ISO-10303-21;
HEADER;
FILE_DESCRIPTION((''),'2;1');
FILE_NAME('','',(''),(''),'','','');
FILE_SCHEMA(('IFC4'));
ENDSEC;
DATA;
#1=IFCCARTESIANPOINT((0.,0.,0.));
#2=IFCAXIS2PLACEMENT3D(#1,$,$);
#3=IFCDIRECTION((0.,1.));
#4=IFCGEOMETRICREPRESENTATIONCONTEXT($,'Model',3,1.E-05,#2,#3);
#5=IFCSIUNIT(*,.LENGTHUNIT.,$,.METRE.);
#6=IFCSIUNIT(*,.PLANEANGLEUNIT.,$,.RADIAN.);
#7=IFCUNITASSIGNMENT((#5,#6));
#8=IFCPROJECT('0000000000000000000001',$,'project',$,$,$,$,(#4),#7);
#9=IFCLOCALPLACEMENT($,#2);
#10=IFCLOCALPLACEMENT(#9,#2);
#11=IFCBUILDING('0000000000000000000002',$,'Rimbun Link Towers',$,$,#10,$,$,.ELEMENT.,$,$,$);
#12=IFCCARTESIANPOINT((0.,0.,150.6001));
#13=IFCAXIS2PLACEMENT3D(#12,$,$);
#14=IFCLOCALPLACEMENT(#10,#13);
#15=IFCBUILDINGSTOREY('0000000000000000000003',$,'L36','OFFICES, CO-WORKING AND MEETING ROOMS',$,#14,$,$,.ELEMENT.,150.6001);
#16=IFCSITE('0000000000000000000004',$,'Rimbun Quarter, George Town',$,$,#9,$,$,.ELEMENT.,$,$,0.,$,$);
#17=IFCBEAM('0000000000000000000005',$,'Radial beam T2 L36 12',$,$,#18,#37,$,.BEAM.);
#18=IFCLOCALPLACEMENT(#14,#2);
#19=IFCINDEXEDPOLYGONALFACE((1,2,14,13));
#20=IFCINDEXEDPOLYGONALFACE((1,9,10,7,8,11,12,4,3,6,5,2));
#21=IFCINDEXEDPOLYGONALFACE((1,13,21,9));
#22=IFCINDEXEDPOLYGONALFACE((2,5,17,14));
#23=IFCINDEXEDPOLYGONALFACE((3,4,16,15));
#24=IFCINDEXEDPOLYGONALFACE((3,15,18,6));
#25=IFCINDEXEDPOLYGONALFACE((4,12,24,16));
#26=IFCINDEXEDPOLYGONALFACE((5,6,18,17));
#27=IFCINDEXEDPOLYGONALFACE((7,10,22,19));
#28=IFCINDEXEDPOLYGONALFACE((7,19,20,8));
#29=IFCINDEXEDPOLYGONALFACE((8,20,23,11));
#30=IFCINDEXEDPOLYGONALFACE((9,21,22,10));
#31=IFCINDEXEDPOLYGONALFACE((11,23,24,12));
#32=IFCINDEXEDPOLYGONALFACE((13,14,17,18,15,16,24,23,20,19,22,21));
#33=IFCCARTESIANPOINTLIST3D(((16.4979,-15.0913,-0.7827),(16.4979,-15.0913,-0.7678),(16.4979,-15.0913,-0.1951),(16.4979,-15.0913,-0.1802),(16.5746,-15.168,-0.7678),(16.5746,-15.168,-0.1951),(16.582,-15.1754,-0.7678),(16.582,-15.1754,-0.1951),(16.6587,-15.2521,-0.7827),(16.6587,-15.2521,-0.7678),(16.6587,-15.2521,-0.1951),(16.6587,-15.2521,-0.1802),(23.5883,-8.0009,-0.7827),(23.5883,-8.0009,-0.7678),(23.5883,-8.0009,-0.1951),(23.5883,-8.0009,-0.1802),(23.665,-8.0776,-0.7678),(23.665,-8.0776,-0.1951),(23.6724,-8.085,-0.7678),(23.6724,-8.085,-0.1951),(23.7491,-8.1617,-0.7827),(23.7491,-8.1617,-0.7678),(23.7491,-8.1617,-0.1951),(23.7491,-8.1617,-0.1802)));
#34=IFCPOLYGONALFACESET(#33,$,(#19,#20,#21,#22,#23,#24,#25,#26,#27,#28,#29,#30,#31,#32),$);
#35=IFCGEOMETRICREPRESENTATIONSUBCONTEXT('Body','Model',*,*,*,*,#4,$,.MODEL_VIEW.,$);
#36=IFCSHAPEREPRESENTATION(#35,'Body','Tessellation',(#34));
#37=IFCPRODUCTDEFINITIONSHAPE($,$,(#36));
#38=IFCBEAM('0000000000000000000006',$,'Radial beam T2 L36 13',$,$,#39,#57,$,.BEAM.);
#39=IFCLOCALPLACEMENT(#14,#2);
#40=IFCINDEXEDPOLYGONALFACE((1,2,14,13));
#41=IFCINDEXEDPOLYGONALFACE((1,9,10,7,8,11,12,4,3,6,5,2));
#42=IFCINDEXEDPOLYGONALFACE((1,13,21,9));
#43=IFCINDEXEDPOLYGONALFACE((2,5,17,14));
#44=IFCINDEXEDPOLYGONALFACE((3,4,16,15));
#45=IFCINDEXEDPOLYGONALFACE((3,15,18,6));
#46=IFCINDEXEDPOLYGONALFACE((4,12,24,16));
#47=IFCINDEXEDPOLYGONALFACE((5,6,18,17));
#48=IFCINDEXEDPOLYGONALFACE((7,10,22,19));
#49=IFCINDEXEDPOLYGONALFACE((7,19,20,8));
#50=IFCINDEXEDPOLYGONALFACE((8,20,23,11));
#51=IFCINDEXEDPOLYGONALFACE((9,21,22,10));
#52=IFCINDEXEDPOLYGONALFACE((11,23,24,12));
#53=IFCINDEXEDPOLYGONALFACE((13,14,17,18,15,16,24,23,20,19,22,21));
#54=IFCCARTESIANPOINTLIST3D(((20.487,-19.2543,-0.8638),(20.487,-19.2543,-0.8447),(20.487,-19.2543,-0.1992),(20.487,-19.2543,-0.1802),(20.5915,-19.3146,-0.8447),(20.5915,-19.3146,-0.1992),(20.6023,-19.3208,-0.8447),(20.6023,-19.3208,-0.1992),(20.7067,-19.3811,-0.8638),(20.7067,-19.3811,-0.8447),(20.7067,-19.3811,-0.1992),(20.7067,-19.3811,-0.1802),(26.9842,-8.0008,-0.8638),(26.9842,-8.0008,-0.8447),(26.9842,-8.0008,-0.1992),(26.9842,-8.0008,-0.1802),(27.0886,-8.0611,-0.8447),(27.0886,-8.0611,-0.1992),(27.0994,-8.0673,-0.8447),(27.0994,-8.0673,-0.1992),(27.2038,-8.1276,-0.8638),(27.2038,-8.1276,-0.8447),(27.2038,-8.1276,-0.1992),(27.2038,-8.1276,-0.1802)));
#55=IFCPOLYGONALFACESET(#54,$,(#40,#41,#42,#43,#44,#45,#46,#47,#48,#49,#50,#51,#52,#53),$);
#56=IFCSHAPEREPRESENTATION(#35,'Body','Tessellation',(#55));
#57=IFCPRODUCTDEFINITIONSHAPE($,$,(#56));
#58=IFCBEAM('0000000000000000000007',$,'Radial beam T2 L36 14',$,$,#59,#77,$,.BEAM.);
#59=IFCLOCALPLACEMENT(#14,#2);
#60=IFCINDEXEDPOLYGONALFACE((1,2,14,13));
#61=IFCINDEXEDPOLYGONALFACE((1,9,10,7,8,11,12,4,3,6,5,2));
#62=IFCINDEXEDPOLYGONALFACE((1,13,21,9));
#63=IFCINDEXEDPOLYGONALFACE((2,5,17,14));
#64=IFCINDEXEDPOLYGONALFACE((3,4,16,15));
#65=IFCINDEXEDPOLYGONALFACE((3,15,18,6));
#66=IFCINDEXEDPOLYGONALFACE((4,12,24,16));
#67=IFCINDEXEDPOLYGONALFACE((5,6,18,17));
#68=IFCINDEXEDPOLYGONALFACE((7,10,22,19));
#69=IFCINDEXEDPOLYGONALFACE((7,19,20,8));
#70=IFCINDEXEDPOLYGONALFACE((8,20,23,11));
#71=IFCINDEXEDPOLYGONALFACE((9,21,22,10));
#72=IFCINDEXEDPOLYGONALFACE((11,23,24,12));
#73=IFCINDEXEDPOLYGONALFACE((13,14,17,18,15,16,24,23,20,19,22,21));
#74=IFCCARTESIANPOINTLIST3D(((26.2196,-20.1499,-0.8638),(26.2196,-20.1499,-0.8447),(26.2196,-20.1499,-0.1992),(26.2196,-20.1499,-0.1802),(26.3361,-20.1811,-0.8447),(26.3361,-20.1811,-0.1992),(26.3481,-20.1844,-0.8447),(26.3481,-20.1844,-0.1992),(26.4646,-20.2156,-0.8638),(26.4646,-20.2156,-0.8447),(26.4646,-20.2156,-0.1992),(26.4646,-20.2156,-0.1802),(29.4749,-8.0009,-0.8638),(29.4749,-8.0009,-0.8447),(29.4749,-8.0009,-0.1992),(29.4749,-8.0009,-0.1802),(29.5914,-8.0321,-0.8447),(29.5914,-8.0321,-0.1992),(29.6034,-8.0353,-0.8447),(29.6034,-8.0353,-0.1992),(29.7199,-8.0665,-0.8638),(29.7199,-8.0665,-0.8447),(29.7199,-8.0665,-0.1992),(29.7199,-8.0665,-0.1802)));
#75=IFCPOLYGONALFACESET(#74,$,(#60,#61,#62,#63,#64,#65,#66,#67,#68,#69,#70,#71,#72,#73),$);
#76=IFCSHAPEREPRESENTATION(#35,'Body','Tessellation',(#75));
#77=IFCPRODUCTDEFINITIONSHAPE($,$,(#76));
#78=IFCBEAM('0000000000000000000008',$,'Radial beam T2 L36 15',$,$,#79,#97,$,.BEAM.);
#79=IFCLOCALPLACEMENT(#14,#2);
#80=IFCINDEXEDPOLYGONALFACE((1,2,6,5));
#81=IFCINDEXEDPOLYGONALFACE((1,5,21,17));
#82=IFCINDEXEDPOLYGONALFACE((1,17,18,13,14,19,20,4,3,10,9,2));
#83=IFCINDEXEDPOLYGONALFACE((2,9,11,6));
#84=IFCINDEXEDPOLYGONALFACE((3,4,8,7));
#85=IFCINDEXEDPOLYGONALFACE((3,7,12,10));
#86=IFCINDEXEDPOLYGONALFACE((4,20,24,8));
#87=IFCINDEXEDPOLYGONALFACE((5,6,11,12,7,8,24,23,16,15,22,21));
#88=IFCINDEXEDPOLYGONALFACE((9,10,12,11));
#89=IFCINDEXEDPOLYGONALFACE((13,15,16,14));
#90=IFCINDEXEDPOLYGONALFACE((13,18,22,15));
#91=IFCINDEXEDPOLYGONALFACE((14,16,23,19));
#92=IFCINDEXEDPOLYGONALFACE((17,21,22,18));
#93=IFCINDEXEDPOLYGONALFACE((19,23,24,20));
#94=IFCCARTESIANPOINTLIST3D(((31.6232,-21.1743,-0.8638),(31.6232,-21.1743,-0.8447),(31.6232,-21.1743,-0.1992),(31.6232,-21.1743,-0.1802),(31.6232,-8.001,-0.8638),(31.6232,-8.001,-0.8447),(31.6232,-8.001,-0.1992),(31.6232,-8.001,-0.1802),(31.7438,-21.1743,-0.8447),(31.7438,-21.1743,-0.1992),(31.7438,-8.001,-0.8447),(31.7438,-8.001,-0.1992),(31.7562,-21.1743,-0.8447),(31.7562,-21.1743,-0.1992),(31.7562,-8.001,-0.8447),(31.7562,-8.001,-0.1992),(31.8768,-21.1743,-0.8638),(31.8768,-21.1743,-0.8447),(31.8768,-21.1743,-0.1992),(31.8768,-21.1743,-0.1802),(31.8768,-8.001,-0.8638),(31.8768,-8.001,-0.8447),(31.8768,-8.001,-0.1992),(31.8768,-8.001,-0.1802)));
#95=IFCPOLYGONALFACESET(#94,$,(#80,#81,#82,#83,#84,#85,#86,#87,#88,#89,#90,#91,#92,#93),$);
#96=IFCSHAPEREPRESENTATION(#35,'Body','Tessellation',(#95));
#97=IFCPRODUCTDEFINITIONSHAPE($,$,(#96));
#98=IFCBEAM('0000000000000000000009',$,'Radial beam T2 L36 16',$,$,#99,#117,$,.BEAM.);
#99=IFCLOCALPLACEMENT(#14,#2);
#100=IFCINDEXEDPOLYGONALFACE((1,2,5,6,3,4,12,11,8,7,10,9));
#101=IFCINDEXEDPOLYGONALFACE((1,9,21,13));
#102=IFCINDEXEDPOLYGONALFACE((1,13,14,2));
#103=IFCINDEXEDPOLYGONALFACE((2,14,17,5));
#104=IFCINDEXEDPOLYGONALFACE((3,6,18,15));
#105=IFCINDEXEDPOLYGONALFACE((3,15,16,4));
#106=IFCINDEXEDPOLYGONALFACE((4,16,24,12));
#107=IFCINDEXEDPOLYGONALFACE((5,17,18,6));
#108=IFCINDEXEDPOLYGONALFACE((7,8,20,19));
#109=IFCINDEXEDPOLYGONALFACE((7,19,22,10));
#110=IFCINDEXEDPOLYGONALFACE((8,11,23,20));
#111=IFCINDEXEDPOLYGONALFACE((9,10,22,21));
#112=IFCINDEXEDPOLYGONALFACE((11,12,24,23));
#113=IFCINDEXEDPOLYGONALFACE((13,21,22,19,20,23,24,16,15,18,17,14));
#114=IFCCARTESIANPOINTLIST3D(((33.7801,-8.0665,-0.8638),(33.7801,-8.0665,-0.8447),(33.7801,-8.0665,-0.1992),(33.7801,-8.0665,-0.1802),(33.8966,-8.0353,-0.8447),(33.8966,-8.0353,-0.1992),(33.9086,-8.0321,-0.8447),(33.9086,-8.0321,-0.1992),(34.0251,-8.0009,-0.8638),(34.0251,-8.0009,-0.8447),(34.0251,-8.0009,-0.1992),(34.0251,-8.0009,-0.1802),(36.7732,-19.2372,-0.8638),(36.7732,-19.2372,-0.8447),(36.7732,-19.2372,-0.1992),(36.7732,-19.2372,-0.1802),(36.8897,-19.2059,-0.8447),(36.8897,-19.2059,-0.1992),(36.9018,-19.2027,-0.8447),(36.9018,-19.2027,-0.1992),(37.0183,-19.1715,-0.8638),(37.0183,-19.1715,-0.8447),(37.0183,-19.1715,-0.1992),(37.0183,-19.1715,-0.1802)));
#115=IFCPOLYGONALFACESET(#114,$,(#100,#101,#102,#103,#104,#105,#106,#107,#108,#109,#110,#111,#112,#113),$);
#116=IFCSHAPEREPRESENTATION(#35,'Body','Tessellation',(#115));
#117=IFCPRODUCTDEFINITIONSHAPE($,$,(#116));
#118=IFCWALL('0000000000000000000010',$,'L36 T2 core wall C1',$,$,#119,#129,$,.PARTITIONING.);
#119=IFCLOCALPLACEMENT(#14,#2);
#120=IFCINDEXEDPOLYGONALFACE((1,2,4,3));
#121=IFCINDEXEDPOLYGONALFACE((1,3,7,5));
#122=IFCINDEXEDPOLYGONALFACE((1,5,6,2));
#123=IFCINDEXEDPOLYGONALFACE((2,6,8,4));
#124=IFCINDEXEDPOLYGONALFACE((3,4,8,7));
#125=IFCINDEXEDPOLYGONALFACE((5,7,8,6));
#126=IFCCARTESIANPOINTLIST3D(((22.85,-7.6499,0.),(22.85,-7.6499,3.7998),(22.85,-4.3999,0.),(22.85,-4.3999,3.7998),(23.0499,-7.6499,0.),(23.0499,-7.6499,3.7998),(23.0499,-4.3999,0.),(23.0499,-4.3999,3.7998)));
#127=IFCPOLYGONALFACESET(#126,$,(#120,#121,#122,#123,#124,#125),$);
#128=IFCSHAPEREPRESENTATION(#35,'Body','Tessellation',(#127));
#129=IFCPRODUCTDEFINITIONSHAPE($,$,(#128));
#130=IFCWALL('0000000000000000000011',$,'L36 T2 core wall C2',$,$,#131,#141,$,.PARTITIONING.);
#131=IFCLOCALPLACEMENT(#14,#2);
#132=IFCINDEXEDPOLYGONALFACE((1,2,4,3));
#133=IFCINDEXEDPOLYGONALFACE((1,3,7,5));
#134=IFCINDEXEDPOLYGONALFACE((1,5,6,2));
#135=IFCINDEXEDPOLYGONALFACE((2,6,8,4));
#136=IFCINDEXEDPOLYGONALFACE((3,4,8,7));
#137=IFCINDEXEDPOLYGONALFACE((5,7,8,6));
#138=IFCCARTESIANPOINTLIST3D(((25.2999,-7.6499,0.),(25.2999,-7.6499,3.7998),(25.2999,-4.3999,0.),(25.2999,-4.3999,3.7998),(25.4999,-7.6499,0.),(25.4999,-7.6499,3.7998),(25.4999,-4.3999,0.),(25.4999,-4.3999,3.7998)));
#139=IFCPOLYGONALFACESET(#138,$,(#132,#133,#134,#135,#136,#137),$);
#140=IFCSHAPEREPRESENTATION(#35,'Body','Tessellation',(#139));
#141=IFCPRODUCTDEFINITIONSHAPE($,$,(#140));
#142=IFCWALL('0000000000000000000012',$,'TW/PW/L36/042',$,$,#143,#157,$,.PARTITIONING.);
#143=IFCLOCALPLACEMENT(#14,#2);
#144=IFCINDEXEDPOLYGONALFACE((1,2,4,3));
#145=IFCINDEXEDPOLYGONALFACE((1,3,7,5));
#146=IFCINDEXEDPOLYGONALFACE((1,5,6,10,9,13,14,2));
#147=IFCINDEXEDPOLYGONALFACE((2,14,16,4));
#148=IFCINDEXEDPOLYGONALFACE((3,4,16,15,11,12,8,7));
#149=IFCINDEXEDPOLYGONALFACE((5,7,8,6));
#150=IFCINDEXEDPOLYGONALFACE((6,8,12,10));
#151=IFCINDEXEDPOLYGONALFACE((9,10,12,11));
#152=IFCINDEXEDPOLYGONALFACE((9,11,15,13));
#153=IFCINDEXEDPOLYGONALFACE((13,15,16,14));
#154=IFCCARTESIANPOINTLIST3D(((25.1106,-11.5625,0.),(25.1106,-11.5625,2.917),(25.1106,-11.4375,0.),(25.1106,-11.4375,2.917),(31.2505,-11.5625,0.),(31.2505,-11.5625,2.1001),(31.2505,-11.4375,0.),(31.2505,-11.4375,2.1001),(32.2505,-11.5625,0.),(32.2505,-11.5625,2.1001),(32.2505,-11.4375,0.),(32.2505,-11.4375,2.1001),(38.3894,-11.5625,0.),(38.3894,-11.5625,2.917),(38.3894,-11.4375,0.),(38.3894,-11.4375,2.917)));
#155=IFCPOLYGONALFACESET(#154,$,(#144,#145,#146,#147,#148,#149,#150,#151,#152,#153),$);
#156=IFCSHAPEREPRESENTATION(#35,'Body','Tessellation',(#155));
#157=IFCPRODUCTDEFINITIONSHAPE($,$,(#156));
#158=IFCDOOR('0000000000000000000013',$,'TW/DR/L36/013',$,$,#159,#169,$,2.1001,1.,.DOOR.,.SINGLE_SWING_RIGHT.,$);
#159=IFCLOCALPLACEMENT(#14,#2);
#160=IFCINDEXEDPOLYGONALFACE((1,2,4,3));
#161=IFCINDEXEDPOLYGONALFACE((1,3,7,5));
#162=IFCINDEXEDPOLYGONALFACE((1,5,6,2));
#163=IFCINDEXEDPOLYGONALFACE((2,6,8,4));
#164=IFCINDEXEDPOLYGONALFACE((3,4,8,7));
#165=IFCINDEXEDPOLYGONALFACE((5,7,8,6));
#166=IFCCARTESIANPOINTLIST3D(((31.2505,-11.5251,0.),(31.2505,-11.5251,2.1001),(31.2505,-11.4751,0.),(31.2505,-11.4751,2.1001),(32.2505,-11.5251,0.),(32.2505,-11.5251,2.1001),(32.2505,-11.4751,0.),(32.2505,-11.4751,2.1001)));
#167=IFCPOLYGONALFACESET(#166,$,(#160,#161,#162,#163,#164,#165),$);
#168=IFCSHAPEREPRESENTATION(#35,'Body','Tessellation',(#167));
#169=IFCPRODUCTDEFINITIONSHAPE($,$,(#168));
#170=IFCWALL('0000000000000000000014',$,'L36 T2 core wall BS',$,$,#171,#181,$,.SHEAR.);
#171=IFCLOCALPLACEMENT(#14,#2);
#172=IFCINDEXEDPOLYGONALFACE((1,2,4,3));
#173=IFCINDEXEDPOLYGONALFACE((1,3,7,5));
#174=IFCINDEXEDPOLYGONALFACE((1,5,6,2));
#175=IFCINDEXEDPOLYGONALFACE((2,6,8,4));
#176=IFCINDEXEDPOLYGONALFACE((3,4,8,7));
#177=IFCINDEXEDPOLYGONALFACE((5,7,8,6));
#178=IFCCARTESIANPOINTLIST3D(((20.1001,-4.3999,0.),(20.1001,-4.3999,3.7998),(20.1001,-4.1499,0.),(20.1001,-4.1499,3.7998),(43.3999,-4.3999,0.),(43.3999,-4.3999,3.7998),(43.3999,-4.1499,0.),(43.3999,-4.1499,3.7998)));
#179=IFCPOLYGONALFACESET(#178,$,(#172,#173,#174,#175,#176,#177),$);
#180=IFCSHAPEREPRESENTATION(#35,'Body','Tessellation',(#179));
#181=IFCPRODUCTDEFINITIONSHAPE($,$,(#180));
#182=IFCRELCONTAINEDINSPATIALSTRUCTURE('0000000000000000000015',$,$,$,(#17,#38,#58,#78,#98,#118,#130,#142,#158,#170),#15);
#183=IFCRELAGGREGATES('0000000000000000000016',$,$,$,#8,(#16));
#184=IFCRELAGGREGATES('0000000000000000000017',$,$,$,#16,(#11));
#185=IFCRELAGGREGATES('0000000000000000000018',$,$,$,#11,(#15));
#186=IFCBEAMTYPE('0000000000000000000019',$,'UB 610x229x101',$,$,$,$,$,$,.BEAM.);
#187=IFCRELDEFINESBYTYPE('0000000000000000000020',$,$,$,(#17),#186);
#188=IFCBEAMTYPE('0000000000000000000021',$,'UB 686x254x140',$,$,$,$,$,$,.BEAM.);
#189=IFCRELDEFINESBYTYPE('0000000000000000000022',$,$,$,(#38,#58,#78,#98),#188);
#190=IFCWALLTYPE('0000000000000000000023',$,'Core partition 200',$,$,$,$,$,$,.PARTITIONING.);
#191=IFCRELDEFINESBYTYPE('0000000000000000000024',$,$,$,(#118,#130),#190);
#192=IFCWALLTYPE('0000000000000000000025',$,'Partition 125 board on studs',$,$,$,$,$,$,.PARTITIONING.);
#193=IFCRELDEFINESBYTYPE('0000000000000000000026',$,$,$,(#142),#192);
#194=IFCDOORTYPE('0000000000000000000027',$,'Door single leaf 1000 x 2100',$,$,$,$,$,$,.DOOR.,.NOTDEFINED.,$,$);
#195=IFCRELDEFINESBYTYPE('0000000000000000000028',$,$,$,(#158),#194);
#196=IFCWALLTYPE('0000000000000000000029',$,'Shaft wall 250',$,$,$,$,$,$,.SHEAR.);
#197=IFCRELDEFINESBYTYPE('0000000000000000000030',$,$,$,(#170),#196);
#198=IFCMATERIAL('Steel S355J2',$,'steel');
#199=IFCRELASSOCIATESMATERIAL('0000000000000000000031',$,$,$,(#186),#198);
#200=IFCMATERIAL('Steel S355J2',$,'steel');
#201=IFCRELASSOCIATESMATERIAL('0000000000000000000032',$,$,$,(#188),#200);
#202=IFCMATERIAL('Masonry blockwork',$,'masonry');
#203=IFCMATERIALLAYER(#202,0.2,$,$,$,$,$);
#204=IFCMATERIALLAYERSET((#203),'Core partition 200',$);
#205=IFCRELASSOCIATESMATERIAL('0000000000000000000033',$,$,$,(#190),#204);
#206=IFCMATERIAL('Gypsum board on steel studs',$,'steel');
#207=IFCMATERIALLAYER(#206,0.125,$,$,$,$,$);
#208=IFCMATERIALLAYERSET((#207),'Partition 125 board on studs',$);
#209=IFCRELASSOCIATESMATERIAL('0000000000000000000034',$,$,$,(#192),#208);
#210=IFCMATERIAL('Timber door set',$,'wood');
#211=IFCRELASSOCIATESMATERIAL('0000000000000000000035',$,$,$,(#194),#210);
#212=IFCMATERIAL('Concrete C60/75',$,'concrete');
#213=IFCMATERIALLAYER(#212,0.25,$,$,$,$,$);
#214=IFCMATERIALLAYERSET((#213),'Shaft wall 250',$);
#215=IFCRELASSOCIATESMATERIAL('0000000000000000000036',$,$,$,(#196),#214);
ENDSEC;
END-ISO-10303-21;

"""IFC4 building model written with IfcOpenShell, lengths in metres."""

from ifc_helpers import new_model, si_unit, direction, frame, frame_2d, origin, origin_2d, place, context, subcontext, project, spatial, rectangle, i_section, extrude, material, layer, layer_set, material_profile, profile_set, type_object, element, fill, save


model = new_model("IFC4")

# Units and contexts
model_context = context("Model", 3, precision=1e-05, world=origin(), true_north=direction((0.0, 1.0)))
body_context = subcontext(model_context, "Body", "Model", "MODEL_VIEW")
ifc_project = project(units=[si_unit("LENGTHUNIT", "METRE"), si_unit("PLANEANGLEUNIT", "RADIAN")], contexts=[model_context])

# Site, building, storey
site_placement = place(None, origin())
site = spatial("IfcSite", under=ifc_project, at=site_placement, Name="Rimbun Quarter, George Town", CompositionType="ELEMENT", RefElevation=0.0)
building_placement = place(site_placement, origin())
building = spatial("IfcBuilding", under=site, at=building_placement, Name="Rimbun Link Towers", CompositionType="ELEMENT")
storey_placement = place(building_placement, frame((0.0, 0.0, 150.6001)))
storey = spatial("IfcBuildingStorey", under=building, at=storey_placement, Name="L36", Description="OFFICES, CO-WORKING AND MEETING ROOMS", CompositionType="ELEMENT", Elevation=150.6001)

# Beams
ifc_material_1 = material(Name="Steel S355J2", Category="steel")
ifc_material_profile_1 = material_profile(ifc_material_1, i_section(OverallWidth=0.2275, OverallDepth=0.6025, WebThickness=0.0105, FlangeThickness=0.0149, at=origin_2d()), Name="UB 610x229x101")
ifc_profile_set_1 = profile_set([ifc_material_profile_1], Name="Steel S355J2")
beam_type_1 = type_object("IfcBeamType", Name="UB 610x229x101", PredefinedType="BEAM", material=ifc_profile_set_1)
beam_1_placement = place(storey_placement, frame((23.6687, -8.0813, -0.4814), z_axis=(-0.707107, -0.707107, 0.0), x_axis=(0.707107, -0.707107, 0.0)))
element("IfcBeam", 1, at=beam_1_placement, inside=storey, type_object=beam_type_1, Name="Radial beam T2 L36 12", PredefinedType="BEAM", context=body_context, shape_type="SweptSolid", body=[
    extrude(i_section(OverallWidth=0.2275, OverallDepth=0.6025, WebThickness=0.0105, FlangeThickness=0.0149, at=origin_2d()), origin(), (0.0, 0.0, 1.0), 10.0273),
])
ifc_material_2 = material(Name="Steel S355J2", Category="steel")
ifc_material_profile_2 = material_profile(ifc_material_2, i_section(OverallWidth=0.2537, OverallDepth=0.6836, WebThickness=0.0125, FlangeThickness=0.019, at=origin_2d()), Name="UB 686x254x140")
ifc_profile_set_2 = profile_set([ifc_material_profile_2], Name="Steel S355J2")
beam_type_2 = type_object("IfcBeamType", Name="UB 686x254x140", PredefinedType="BEAM", material=ifc_profile_set_2)
beam_2_placement = place(storey_placement, frame((27.094, -8.0642, -0.522), z_axis=(-0.499995, -0.866029, 0.0), x_axis=(0.866029, -0.499995, 0.0)))
element("IfcBeam", 2, at=beam_2_placement, inside=storey, type_object=beam_type_2, Name="Radial beam T2 L36 13", PredefinedType="BEAM", context=body_context, shape_type="SweptSolid", body=[
    extrude(i_section(OverallWidth=0.2537, OverallDepth=0.6836, WebThickness=0.0125, FlangeThickness=0.019, at=origin_2d()), origin(), (0.0, 0.0, 1.0), 12.9944),
])
beam_3_placement = place(storey_placement, frame((29.5974, -8.0337, -0.522), z_axis=(-0.25882, -0.965926, 0.0), x_axis=(0.965926, -0.25882, 0.0)))
element("IfcBeam", 3, at=beam_3_placement, inside=storey, type_object=beam_type_2, Name="Radial beam T2 L36 14", PredefinedType="BEAM", context=body_context, shape_type="SweptSolid", body=[
    extrude(i_section(OverallWidth=0.2537, OverallDepth=0.6836, WebThickness=0.0125, FlangeThickness=0.019, at=origin_2d()), origin(), (0.0, 0.0, 1.0), 12.5776),
])
beam_4_placement = place(storey_placement, frame((31.75, -8.001, -0.522), z_axis=(0.0, -1.0, 0.0), x_axis=(1.0, 0.0, 0.0)))
element("IfcBeam", 4, at=beam_4_placement, inside=storey, type_object=beam_type_2, Name="Radial beam T2 L36 15", PredefinedType="BEAM", context=body_context, shape_type="SweptSolid", body=[
    extrude(i_section(OverallWidth=0.2537, OverallDepth=0.6836, WebThickness=0.0125, FlangeThickness=0.019, at=origin_2d()), origin(), (0.0, 0.0, 1.0), 13.1733),
])
beam_5_placement = place(storey_placement, frame((33.9026, -8.0337, -0.522), z_axis=(0.258819, -0.965926, 0.0), x_axis=(0.965926, 0.258819, 0.0)))
element("IfcBeam", 5, at=beam_5_placement, inside=storey, type_object=beam_type_2, Name="Radial beam T2 L36 16", PredefinedType="BEAM", context=body_context, shape_type="SweptSolid", body=[
    extrude(i_section(OverallWidth=0.2537, OverallDepth=0.6836, WebThickness=0.0125, FlangeThickness=0.019, at=origin_2d()), origin(), (0.0, 0.0, 1.0), 11.5647),
])

# Walls
ifc_material_3 = material(Name="Masonry blockwork", Category="masonry")
ifc_layer_1 = layer(ifc_material_3, 0.2)
ifc_layer_set_1 = layer_set([ifc_layer_1], Name="Core partition 200")
wall_type_1 = type_object("IfcWallType", Name="Core partition 200", PredefinedType="PARTITIONING", material=ifc_layer_set_1)
for number, where, z_axis, x_axis, name in (
    (6, (22.95, -4.3999, 0.0), (0.0, 0.0, 1.0), (0.0, -1.0, 0.0), "L36 T2 core wall C1"),
    (7, (25.3999, -4.3999, 0.0), (0.0, 0.0, 1.0), (0.0, -1.0, 0.0), "L36 T2 core wall C2"),
):
    element("IfcWall", number, at=place(storey_placement, frame(where, z_axis=z_axis, x_axis=x_axis)), inside=storey, type_object=wall_type_1, Name=name, PredefinedType="PARTITIONING", context=body_context, shape_type="SweptSolid", body=[
        extrude(rectangle(XDim=3.25, YDim=0.2, at=frame_2d((1.625, 0.0))), origin(), (0.0, 0.0, 1.0), 3.7998),
    ])

# Wall, opening, door
ifc_material_4 = material(Name="Gypsum board on steel studs", Category="steel")
ifc_layer_2 = layer(ifc_material_4, 0.125)
ifc_layer_set_2 = layer_set([ifc_layer_2], Name="Partition 125 board on studs")
wall_type_2 = type_object("IfcWallType", Name="Partition 125 board on studs", PredefinedType="PARTITIONING", material=ifc_layer_set_2)
wall_1_placement = place(storey_placement, frame((25.1106, -11.5, 0.0), z_axis=(0.0, 0.0, 1.0), x_axis=(1.0, 0.0, 0.0)))
wall_1 = element("IfcWall", 8, at=wall_1_placement, inside=storey, type_object=wall_type_2, Name="TW/PW/L36/042", PredefinedType="PARTITIONING", context=body_context, shape_type="SweptSolid", body=[
    extrude(rectangle(XDim=13.2788, YDim=0.125, at=frame_2d((6.6394, 0.0))), origin(), (0.0, 0.0, 1.0), 2.917),
])
opening_1_placement = place(wall_1_placement, frame((6.1399, 0.0, 0.0)))
opening_1 = element("IfcOpeningElement", 9, at=opening_1_placement, cuts=wall_1, PredefinedType="OPENING", context=body_context, shape_type="SweptSolid", body=[
    extrude(rectangle(XDim=1.0, YDim=2.1001, at=frame_2d((0.5, 1.05))), frame((0.0, 0.0725, 0.0), z_axis=(0.0, -1.0, 0.0), x_axis=(1.0, 0.0, 0.0)), (0.0, 0.0, 1.0), 0.145),
])
ifc_material_5 = material(Name="Timber door set", Category="wood")
door_type_1 = type_object("IfcDoorType", Name="Door single leaf 1000 x 2100", OperationType="NOTDEFINED", PredefinedType="DOOR", material=ifc_material_5)
door_1_placement = place(opening_1_placement, origin())
door_1 = element("IfcDoor", 10, at=door_1_placement, inside=storey, type_object=door_type_1, Name="TW/DR/L36/013", OperationType="SINGLE_SWING_RIGHT", OverallHeight=2.1001, OverallWidth=1.0, PredefinedType="DOOR", context=body_context, shape_type="SweptSolid", body=[
    extrude(rectangle(XDim=1.0, YDim=2.1001, at=frame_2d((0.5, 1.05))), frame((0.0, 0.0249, 0.0), z_axis=(0.0, -1.0, 0.0), x_axis=(1.0, 0.0, 0.0)), (0.0, 0.0, 1.0), 0.05),
])
fill(opening_1, door_1)

# Wall
ifc_material_6 = material(Name="Concrete C60/75", Category="concrete")
ifc_layer_3 = layer(ifc_material_6, 0.25)
ifc_layer_set_3 = layer_set([ifc_layer_3], Name="Shaft wall 250")
wall_type_3 = type_object("IfcWallType", Name="Shaft wall 250", PredefinedType="SHEAR", material=ifc_layer_set_3)
wall_2_placement = place(storey_placement, frame((20.1001, -4.2749, 0.0), z_axis=(0.0, 0.0, 1.0), x_axis=(1.0, 0.0, 0.0)))
element("IfcWall", 11, at=wall_2_placement, inside=storey, type_object=wall_type_3, Name="L36 T2 core wall BS", PredefinedType="SHEAR", context=body_context, shape_type="SweptSolid", body=[
    extrude(rectangle(XDim=23.2998, YDim=0.25, at=frame_2d((11.6499, 0.0))), origin(), (0.0, 0.0, 1.0), 3.7998),
])

save(model, "model.ifc")
